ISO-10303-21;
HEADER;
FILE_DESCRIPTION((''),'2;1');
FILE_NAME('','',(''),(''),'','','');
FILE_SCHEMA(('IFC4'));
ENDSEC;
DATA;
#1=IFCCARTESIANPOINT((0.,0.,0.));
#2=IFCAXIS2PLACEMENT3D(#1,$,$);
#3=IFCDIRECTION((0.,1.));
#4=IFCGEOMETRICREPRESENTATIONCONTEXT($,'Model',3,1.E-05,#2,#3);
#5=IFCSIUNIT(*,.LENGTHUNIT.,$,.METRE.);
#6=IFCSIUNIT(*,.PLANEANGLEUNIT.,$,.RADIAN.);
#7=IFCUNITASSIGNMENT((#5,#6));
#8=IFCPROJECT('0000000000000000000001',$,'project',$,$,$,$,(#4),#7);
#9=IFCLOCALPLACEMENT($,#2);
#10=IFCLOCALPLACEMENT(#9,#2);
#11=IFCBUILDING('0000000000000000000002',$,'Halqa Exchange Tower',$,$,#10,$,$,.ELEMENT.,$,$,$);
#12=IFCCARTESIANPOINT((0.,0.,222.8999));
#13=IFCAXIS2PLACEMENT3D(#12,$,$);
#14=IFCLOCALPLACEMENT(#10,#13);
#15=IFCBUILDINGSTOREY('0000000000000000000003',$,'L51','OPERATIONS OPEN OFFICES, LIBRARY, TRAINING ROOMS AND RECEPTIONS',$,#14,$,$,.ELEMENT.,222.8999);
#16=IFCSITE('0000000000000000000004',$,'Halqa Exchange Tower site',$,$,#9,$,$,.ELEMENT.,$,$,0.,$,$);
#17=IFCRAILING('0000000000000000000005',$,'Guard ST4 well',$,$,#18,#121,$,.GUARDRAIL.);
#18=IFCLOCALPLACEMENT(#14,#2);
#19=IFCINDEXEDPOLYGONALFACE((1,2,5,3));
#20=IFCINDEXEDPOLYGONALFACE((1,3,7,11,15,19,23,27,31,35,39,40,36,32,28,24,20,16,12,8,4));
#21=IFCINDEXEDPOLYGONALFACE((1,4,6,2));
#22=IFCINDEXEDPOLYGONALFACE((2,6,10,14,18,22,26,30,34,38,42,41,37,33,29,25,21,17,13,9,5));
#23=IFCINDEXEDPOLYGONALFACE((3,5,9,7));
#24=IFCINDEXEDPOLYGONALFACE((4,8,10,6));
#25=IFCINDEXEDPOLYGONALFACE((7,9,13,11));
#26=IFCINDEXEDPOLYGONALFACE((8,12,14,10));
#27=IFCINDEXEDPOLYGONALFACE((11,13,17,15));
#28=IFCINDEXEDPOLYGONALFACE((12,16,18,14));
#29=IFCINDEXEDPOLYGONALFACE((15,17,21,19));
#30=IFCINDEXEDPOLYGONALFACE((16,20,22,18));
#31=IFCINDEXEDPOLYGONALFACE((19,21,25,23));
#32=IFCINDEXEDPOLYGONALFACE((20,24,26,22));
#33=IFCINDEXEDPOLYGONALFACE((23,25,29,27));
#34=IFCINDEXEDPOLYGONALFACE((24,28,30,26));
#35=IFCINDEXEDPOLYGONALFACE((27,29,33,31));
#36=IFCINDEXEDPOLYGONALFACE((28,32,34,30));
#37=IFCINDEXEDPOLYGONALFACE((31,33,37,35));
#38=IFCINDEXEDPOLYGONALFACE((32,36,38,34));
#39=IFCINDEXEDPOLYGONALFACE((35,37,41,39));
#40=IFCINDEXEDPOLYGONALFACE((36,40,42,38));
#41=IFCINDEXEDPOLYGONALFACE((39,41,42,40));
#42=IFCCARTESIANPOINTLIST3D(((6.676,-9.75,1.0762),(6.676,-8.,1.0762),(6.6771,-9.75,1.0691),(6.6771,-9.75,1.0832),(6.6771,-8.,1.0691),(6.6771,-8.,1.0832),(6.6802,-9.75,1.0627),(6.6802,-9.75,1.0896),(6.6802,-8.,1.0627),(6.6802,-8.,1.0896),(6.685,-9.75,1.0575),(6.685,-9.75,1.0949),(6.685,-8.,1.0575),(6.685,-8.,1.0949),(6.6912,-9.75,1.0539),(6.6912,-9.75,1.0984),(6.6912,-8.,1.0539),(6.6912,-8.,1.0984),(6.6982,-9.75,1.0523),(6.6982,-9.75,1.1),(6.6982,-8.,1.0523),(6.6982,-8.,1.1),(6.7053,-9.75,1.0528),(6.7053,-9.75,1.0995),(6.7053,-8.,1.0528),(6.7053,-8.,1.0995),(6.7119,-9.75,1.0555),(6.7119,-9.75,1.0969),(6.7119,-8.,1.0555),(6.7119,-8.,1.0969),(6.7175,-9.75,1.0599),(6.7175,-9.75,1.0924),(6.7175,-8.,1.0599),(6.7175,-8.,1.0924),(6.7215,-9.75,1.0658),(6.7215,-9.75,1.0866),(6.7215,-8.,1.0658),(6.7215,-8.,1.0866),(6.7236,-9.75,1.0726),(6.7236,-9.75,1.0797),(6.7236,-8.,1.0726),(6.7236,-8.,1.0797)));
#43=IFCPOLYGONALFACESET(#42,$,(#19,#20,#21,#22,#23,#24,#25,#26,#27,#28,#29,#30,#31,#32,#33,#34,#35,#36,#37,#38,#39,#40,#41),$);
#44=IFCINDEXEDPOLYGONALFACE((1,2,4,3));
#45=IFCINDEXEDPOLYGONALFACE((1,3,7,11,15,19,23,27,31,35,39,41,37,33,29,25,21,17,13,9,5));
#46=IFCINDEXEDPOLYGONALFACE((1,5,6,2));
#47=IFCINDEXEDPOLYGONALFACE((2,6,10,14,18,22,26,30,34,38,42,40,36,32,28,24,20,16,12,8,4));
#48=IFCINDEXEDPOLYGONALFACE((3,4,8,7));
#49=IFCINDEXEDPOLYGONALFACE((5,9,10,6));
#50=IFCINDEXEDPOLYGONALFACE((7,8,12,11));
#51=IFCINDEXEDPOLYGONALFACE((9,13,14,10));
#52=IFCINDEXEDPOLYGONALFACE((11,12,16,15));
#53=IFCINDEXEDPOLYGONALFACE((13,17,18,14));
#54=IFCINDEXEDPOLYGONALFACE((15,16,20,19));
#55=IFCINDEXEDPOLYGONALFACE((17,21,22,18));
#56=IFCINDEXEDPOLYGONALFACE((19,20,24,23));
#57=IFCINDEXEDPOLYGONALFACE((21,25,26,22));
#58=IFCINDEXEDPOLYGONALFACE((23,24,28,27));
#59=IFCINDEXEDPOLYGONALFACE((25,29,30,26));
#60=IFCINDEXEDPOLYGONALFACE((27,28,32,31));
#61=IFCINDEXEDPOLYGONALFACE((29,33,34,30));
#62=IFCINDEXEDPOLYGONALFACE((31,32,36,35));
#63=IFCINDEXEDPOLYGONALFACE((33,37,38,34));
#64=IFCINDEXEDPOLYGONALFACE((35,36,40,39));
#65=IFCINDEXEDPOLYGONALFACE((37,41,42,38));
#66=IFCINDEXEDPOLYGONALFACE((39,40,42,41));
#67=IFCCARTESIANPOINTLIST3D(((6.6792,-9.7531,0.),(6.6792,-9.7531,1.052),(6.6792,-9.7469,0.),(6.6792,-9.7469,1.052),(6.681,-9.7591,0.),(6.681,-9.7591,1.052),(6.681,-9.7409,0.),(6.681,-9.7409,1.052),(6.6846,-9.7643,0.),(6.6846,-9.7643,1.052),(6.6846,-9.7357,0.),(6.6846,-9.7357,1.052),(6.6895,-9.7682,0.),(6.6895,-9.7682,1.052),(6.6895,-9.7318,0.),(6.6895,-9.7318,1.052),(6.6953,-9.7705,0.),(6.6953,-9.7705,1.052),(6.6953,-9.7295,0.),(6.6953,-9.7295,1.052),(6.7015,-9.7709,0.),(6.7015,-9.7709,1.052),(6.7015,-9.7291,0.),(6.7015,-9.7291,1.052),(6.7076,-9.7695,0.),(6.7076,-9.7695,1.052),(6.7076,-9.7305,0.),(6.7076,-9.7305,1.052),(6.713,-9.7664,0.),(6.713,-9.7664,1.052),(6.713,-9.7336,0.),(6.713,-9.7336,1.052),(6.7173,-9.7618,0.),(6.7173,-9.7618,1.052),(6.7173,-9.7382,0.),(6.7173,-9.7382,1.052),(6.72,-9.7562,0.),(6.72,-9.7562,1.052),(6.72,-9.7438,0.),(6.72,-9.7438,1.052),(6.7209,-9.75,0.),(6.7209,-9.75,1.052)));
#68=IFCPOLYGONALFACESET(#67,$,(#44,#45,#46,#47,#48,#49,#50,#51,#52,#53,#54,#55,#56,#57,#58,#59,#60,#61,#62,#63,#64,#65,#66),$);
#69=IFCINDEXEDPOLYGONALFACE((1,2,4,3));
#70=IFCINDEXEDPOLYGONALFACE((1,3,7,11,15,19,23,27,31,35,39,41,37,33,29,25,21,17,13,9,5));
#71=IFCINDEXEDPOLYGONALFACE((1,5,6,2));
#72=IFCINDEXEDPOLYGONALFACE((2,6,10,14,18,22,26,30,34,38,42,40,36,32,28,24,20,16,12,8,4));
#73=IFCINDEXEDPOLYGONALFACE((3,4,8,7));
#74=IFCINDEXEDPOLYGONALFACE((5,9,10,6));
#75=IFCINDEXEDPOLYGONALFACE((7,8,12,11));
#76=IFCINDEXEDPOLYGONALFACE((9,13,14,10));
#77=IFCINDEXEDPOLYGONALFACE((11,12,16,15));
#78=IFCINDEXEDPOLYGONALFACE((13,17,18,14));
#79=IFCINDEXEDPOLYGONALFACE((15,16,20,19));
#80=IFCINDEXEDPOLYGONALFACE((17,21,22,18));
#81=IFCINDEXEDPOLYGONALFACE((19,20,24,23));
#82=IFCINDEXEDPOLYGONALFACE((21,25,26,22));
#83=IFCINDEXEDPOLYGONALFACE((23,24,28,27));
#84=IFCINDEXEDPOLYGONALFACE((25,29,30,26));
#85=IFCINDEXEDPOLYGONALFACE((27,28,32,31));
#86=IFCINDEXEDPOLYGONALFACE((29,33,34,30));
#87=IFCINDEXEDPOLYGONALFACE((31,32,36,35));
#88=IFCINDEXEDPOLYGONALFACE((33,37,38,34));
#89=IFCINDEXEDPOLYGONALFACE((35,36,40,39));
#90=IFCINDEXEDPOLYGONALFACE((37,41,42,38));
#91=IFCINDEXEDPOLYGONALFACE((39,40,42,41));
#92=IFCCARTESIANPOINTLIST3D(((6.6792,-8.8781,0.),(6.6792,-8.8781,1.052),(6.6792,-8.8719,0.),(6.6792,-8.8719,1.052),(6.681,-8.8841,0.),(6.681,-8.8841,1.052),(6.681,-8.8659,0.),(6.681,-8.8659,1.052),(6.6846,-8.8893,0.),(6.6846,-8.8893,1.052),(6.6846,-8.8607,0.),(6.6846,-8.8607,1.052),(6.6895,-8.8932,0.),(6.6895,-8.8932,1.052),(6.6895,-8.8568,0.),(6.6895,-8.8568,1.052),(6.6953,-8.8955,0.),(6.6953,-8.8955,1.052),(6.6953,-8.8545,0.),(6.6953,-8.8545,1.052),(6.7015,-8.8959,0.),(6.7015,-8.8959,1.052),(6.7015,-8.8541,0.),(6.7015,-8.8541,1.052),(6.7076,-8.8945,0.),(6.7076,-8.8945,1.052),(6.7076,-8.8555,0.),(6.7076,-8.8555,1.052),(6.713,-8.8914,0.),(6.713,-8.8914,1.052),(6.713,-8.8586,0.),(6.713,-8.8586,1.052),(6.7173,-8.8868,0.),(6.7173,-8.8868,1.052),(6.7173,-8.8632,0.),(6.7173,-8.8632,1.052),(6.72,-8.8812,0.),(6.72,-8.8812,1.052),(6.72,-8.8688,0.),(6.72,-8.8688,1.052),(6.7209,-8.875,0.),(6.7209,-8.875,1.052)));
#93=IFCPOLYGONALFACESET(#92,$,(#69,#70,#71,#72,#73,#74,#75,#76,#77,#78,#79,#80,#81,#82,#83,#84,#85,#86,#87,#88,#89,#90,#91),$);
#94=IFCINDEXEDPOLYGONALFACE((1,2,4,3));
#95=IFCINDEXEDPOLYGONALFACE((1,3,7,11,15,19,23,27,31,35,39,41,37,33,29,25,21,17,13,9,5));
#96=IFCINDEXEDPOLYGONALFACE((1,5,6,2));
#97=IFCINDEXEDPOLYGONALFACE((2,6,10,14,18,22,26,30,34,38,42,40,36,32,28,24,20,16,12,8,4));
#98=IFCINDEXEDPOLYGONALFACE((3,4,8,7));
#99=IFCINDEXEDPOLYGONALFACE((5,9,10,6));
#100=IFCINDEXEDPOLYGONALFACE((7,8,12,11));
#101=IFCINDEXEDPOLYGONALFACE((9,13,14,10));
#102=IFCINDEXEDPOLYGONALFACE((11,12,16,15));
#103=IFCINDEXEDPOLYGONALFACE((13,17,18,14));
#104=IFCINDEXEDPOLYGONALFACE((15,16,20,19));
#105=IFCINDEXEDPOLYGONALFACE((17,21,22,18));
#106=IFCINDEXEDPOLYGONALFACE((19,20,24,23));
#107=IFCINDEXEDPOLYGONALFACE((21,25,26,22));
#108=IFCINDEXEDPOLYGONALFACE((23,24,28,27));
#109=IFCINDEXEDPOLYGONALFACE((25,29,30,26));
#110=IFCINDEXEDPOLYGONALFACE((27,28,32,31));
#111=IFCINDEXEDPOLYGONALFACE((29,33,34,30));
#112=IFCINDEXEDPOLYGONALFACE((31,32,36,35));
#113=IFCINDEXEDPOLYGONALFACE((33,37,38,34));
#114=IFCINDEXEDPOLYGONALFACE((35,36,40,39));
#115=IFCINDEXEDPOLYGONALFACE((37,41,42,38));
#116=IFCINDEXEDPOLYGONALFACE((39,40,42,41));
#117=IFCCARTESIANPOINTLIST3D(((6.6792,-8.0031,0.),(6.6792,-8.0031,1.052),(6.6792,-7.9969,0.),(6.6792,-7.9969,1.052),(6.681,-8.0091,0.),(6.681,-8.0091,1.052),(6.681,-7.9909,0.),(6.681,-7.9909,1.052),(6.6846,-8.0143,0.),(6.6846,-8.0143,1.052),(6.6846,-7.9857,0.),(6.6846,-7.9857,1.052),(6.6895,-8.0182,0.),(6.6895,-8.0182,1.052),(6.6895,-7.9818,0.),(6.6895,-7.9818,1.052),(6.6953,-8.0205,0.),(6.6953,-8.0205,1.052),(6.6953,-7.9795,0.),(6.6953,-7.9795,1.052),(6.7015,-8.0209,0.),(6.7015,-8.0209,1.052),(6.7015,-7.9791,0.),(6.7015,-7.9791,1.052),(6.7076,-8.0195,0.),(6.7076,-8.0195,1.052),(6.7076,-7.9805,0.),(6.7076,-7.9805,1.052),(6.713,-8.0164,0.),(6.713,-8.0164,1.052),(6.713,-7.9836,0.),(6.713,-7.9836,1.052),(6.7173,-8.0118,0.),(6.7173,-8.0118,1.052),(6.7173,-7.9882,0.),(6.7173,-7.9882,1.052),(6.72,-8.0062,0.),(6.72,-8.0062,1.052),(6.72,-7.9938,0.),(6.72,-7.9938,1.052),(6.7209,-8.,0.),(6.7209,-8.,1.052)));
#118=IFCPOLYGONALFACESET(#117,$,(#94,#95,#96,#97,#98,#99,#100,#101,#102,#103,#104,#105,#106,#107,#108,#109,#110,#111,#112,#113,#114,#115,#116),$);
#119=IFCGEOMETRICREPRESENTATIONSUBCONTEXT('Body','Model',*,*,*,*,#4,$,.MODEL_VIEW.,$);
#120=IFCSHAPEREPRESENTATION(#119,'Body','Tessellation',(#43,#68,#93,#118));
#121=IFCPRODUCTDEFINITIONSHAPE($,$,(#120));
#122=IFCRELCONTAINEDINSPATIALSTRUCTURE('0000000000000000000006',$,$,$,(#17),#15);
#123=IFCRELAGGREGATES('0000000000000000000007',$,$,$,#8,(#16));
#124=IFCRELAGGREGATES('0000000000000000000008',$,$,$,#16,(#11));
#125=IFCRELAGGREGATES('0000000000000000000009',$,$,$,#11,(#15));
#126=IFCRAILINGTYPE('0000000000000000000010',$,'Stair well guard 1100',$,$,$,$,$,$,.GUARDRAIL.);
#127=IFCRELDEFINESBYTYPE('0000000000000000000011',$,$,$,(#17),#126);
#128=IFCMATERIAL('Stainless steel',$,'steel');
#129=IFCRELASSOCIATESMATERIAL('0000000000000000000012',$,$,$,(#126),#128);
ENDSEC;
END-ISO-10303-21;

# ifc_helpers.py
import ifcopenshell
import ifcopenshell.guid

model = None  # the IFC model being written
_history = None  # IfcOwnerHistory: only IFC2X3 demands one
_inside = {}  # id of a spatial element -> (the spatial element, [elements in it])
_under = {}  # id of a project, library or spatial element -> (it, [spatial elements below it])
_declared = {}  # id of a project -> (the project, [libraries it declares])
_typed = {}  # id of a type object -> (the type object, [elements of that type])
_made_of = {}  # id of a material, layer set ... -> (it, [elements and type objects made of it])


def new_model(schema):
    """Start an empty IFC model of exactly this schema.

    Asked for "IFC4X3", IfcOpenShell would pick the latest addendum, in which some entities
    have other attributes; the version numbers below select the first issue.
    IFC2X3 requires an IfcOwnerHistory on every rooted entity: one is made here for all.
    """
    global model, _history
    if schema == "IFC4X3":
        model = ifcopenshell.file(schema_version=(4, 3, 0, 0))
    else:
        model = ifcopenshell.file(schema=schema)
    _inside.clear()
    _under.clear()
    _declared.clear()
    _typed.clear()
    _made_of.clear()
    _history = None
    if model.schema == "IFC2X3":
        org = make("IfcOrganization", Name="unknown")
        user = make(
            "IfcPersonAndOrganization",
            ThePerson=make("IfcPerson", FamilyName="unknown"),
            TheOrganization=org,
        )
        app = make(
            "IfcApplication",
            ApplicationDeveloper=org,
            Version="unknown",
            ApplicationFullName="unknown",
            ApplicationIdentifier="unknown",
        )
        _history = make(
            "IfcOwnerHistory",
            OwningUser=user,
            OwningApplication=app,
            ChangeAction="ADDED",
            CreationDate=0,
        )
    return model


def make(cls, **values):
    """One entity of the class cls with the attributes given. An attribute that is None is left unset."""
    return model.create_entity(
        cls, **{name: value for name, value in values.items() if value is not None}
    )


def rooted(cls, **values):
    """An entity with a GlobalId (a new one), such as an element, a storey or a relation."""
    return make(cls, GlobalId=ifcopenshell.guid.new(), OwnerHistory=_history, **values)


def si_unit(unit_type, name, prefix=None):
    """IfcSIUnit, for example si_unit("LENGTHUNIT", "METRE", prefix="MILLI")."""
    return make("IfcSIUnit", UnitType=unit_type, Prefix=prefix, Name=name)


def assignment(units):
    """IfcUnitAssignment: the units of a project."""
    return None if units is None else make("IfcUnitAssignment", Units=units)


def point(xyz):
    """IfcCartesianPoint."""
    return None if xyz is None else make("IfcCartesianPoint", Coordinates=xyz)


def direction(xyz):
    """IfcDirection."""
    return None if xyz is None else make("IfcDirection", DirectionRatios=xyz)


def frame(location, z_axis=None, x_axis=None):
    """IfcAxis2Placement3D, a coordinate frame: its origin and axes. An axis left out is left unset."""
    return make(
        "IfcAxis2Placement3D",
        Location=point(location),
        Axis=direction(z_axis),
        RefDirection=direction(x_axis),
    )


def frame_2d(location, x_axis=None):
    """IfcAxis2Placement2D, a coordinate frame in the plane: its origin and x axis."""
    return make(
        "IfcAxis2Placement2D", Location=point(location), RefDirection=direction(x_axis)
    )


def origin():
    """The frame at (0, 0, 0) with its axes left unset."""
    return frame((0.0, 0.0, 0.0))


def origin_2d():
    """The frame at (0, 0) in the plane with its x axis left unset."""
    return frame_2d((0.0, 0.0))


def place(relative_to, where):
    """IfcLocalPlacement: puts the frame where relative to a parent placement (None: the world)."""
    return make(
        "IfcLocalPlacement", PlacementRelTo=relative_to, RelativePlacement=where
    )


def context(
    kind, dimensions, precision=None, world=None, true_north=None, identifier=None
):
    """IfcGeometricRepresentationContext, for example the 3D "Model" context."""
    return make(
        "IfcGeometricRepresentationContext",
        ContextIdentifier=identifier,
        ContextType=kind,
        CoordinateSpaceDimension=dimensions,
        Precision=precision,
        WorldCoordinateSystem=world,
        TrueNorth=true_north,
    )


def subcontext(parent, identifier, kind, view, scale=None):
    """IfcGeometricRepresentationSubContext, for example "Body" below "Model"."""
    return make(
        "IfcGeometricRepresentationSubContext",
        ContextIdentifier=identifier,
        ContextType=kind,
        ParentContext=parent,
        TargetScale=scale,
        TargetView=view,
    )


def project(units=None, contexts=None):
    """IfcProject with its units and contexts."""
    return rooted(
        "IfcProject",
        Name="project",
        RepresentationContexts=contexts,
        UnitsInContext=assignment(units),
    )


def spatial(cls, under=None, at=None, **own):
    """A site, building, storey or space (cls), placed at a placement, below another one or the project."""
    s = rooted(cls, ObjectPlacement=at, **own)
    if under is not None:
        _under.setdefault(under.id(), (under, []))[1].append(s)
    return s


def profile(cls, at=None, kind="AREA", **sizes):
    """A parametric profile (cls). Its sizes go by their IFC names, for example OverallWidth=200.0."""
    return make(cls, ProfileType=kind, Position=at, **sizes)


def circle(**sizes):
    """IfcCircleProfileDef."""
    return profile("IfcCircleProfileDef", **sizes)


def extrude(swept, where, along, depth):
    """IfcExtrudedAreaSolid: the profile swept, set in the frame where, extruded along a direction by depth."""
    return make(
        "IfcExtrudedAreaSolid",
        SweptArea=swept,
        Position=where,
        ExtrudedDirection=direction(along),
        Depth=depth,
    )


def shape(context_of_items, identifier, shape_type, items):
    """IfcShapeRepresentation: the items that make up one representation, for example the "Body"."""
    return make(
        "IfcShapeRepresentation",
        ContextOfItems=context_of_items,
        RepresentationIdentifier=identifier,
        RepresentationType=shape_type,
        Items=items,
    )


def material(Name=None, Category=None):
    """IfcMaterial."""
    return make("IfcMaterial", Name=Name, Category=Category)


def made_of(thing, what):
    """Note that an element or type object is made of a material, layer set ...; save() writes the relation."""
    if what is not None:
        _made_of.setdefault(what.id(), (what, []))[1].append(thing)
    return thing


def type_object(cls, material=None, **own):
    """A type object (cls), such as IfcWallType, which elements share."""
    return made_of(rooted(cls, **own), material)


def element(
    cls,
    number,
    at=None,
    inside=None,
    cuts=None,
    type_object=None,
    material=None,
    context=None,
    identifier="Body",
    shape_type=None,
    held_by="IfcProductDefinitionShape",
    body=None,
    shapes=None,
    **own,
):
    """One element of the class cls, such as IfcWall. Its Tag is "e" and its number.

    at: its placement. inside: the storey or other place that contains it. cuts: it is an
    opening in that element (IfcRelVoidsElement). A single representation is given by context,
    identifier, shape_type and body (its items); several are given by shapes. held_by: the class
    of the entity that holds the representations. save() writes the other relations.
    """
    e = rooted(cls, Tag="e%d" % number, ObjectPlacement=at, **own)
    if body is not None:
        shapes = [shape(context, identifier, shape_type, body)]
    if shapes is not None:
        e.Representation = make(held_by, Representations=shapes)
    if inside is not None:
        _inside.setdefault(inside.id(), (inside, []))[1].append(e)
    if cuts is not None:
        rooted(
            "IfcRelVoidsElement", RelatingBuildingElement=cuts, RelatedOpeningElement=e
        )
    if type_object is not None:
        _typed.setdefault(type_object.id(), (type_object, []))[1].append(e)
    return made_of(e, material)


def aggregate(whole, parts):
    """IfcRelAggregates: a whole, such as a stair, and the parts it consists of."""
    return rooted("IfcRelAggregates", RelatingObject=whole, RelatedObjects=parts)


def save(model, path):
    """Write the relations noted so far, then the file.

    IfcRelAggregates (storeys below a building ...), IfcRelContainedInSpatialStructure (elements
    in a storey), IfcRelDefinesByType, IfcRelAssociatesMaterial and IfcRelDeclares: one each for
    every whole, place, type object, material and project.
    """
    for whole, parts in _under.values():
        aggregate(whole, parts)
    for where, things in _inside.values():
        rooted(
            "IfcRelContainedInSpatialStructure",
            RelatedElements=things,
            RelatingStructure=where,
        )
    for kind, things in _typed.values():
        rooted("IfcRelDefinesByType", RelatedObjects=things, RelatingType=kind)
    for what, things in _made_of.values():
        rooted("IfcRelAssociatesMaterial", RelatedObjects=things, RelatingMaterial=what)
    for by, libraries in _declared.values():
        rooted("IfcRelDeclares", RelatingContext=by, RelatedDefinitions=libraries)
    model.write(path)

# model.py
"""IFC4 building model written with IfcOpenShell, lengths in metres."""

from ifc_helpers import new_model, si_unit, direction, frame, origin, origin_2d, place, context, subcontext, project, spatial, circle, extrude, material, type_object, element, save


model = new_model("IFC4")

# Units and contexts
model_context = context("Model", 3, precision=1e-05, world=origin(), true_north=direction((0.0, 1.0)))
body_context = subcontext(model_context, "Body", "Model", "MODEL_VIEW")
ifc_project = project(units=[si_unit("LENGTHUNIT", "METRE"), si_unit("PLANEANGLEUNIT", "RADIAN")], contexts=[model_context])

# Site, building, storey
site_placement = place(None, origin())
site = spatial("IfcSite", under=ifc_project, at=site_placement, Name="Halqa Exchange Tower site", CompositionType="ELEMENT", RefElevation=0.0)
building_placement = place(site_placement, origin())
building = spatial("IfcBuilding", under=site, at=building_placement, Name="Halqa Exchange Tower", CompositionType="ELEMENT")
storey_placement = place(building_placement, frame((0.0, 0.0, 222.8999)))
storey = spatial("IfcBuildingStorey", under=building, at=storey_placement, Name="L51", Description="OPERATIONS OPEN OFFICES, LIBRARY, TRAINING ROOMS AND RECEPTIONS", CompositionType="ELEMENT", Elevation=222.8999)

# Railing
ifc_material_1 = material(Name="Stainless steel", Category="steel")
railing_type_1 = type_object("IfcRailingType", Name="Stair well guard 1100", PredefinedType="GUARDRAIL", material=ifc_material_1)
railing_1_placement = place(storey_placement, frame((6.7, -9.75, 0.0)))
element("IfcRailing", 1, at=railing_1_placement, inside=storey, type_object=railing_type_1, Name="Guard ST4 well", PredefinedType="GUARDRAIL", context=body_context, shape_type="SweptSolid", body=[
    extrude(circle(Radius=0.0239, at=origin_2d()), frame((0.0, 0.0, 1.0762), z_axis=(0.0, 1.0, 0.0), x_axis=(-1.0, 0.0, 0.0)), (0.0, 0.0, 1.0), 1.75),
    extrude(circle(Radius=0.021, at=origin_2d()), origin(), (0.0, 0.0, 1.0), 1.052),
    extrude(circle(Radius=0.021, at=origin_2d()), frame((0.0, 0.875, 0.0)), (0.0, 0.0, 1.0), 1.052),
    extrude(circle(Radius=0.021, at=origin_2d()), frame((0.0, 1.75, 0.0)), (0.0, 0.0, 1.0), 1.052),
])

save(model, "model.ifc")
